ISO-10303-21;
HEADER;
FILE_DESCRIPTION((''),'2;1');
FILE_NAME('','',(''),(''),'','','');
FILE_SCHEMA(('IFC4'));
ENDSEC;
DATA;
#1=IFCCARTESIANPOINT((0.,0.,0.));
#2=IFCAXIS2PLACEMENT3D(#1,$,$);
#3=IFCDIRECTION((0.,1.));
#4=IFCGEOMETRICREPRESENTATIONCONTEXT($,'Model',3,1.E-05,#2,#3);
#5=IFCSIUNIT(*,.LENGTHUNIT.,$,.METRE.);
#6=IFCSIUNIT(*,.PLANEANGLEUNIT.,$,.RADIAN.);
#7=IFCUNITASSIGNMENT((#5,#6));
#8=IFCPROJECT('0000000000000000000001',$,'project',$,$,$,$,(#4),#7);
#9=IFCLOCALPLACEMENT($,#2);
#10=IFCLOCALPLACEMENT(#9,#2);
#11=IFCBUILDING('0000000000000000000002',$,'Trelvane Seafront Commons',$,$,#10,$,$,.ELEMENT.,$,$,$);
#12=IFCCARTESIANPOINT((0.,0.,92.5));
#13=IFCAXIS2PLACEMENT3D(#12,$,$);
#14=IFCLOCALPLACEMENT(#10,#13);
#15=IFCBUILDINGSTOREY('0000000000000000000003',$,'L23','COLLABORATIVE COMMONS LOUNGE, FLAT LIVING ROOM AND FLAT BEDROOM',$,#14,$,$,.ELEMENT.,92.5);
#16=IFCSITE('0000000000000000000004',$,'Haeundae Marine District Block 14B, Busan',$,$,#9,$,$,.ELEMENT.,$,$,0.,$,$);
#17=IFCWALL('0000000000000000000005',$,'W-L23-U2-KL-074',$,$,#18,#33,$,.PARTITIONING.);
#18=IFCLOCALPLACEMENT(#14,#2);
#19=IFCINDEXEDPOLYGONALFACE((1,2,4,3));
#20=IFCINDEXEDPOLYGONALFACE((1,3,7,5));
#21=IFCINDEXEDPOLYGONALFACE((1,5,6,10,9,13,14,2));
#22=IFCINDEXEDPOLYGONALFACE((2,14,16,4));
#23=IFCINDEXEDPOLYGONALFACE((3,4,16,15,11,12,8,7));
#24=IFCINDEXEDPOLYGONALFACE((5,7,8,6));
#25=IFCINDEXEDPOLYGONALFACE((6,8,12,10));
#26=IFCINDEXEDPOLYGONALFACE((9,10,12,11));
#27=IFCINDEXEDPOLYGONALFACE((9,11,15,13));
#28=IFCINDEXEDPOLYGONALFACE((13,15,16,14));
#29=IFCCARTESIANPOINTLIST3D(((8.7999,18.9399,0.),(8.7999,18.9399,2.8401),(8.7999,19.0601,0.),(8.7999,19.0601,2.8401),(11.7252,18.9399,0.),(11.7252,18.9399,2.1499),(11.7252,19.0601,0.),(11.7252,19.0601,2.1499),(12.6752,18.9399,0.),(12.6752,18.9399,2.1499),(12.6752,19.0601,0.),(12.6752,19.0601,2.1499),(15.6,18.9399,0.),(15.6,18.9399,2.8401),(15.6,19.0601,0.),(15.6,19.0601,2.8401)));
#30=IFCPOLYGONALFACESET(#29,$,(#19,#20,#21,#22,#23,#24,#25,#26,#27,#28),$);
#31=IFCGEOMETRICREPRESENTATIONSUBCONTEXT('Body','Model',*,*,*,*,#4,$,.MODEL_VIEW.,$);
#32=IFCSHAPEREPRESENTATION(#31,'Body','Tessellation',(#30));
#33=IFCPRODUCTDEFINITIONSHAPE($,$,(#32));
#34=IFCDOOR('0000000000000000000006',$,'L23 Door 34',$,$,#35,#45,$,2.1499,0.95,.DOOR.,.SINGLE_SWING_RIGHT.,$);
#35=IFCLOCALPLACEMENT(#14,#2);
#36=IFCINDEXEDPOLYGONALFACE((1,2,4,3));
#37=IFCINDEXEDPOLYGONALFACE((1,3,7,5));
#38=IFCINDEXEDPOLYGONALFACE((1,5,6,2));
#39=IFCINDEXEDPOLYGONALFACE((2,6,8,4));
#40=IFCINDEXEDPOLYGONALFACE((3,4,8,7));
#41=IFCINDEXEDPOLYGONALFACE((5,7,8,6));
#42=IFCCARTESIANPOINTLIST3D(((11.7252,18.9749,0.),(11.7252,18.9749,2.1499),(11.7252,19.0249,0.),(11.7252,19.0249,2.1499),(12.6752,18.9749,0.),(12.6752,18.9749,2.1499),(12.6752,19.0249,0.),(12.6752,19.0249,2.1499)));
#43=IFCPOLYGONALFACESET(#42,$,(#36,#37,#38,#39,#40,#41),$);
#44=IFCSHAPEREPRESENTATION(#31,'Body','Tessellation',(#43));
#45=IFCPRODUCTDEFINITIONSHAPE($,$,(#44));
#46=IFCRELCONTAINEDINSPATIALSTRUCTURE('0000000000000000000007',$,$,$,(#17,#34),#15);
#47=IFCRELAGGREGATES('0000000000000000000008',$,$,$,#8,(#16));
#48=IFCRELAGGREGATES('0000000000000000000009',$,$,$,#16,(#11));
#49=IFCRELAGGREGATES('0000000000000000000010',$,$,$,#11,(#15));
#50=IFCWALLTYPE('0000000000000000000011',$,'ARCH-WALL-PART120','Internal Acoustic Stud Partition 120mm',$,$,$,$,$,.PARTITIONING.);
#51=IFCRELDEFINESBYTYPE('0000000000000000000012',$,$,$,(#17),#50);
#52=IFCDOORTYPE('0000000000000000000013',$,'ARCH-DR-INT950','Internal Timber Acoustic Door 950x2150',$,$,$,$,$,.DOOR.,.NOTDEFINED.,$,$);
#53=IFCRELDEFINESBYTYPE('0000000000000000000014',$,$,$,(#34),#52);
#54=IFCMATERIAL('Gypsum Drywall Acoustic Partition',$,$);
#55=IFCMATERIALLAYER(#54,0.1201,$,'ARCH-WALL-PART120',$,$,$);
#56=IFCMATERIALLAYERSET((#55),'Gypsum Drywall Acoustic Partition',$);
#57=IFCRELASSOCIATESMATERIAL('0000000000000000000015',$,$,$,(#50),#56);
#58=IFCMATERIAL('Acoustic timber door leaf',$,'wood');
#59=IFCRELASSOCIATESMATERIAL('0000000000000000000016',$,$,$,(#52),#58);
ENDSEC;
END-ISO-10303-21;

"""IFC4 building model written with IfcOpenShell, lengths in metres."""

from ifc_helpers import new_model, si_unit, direction, frame, frame_2d, origin, place, context, subcontext, project, spatial, rectangle, extrude, source, transform, mapped, material, layer, layer_set, type_object, element, fill, save


model = new_model("IFC4")

# Units and contexts
model_context = context("Model", 3, precision=1e-05, world=origin(), true_north=direction((0.0, 1.0)))
body_context = subcontext(model_context, "Body", "Model", "MODEL_VIEW")
ifc_project = project(units=[si_unit("LENGTHUNIT", "METRE"), si_unit("PLANEANGLEUNIT", "RADIAN")], contexts=[model_context])

# Site, building, storey
site_placement = place(None, origin())
site = spatial("IfcSite", under=ifc_project, at=site_placement, Name="Haeundae Marine District Block 14B, Busan", CompositionType="ELEMENT", RefElevation=0.0)
building_placement = place(site_placement, origin())
building = spatial("IfcBuilding", under=site, at=building_placement, Name="Trelvane Seafront Commons", CompositionType="ELEMENT")
storey_placement = place(building_placement, frame((0.0, 0.0, 92.5)))
storey = spatial("IfcBuildingStorey", under=building, at=storey_placement, Name="L23", Description="COLLABORATIVE COMMONS LOUNGE, FLAT LIVING ROOM AND FLAT BEDROOM", CompositionType="ELEMENT", Elevation=92.5)

# Wall, opening, door
ifc_material_1 = material(Name="Gypsum Drywall Acoustic Partition")
ifc_layer = layer(ifc_material_1, 0.1201, Name="ARCH-WALL-PART120")
ifc_layer_set = layer_set([ifc_layer], Name="Gypsum Drywall Acoustic Partition")
wall_type = type_object("IfcWallType", Name="ARCH-WALL-PART120", Description="Internal Acoustic Stud Partition 120mm", PredefinedType="PARTITIONING", material=ifc_layer_set)
ifc_material_2 = material(Name="Acoustic timber door leaf", Category="wood")
door_type = type_object("IfcDoorType", Name="ARCH-DR-INT950", Description="Internal Timber Acoustic Door 950x2150", OperationType="NOTDEFINED", PredefinedType="DOOR", material=ifc_material_2)
shared_shape_1 = source(origin(), body_context, "Body", "SweptSolid", [
    extrude(rectangle(XDim=0.95, YDim=2.1499, at=frame_2d((0.4751, 1.075))), frame((0.0, 0.0249, 0.0), z_axis=(0.0, -1.0, 0.0), x_axis=(1.0, 0.0, 0.0)), (0.0, 0.0, 1.0), 0.05),
])
wall_1_placement = place(storey_placement, frame((8.8, 19.0, 0.0), z_axis=(0.0, 0.0, 1.0), x_axis=(1.0, 0.0, 0.0)))
wall_1 = element("IfcWall", 1, at=wall_1_placement, inside=storey, type_object=wall_type, Name="W-L23-U2-KL-074", PredefinedType="PARTITIONING", context=body_context, shape_type="SweptSolid", body=[
    extrude(rectangle(XDim=6.8, YDim=0.1201, at=frame_2d((3.3999, 0.0))), origin(), (0.0, 0.0, 1.0), 2.8401),
])
opening_1_placement = place(wall_1_placement, frame((2.925, 0.0, 0.0)))
opening_1 = element("IfcOpeningElement", 2, at=opening_1_placement, cuts=wall_1, PredefinedType="OPENING", context=body_context, shape_type="SweptSolid", body=[
    extrude(rectangle(XDim=0.95, YDim=2.1499, at=frame_2d((0.4751, 1.075))), frame((0.0, 0.0701, 0.0), z_axis=(0.0, -1.0, 0.0), x_axis=(1.0, 0.0, 0.0)), (0.0, 0.0, 1.0), 0.1401),
])
door_1_placement = place(opening_1_placement, origin())
door_1 = element("IfcDoor", 3, at=door_1_placement, inside=storey, type_object=door_type, Name="L23 Door 34", OperationType="SINGLE_SWING_RIGHT", OverallHeight=2.1499, OverallWidth=0.95, PredefinedType="DOOR", context=body_context, shape_type="MappedRepresentation", body=[
    mapped(shared_shape_1, transform((0.0, 0.0, 0.0), x_axis=(1.0, 0.0, 0.0), y_axis=(0.0, 1.0, 0.0), z_axis=(0.0, 0.0, 1.0), scale=1.0)),
])
fill(opening_1, door_1)

save(model, "model.ifc")
